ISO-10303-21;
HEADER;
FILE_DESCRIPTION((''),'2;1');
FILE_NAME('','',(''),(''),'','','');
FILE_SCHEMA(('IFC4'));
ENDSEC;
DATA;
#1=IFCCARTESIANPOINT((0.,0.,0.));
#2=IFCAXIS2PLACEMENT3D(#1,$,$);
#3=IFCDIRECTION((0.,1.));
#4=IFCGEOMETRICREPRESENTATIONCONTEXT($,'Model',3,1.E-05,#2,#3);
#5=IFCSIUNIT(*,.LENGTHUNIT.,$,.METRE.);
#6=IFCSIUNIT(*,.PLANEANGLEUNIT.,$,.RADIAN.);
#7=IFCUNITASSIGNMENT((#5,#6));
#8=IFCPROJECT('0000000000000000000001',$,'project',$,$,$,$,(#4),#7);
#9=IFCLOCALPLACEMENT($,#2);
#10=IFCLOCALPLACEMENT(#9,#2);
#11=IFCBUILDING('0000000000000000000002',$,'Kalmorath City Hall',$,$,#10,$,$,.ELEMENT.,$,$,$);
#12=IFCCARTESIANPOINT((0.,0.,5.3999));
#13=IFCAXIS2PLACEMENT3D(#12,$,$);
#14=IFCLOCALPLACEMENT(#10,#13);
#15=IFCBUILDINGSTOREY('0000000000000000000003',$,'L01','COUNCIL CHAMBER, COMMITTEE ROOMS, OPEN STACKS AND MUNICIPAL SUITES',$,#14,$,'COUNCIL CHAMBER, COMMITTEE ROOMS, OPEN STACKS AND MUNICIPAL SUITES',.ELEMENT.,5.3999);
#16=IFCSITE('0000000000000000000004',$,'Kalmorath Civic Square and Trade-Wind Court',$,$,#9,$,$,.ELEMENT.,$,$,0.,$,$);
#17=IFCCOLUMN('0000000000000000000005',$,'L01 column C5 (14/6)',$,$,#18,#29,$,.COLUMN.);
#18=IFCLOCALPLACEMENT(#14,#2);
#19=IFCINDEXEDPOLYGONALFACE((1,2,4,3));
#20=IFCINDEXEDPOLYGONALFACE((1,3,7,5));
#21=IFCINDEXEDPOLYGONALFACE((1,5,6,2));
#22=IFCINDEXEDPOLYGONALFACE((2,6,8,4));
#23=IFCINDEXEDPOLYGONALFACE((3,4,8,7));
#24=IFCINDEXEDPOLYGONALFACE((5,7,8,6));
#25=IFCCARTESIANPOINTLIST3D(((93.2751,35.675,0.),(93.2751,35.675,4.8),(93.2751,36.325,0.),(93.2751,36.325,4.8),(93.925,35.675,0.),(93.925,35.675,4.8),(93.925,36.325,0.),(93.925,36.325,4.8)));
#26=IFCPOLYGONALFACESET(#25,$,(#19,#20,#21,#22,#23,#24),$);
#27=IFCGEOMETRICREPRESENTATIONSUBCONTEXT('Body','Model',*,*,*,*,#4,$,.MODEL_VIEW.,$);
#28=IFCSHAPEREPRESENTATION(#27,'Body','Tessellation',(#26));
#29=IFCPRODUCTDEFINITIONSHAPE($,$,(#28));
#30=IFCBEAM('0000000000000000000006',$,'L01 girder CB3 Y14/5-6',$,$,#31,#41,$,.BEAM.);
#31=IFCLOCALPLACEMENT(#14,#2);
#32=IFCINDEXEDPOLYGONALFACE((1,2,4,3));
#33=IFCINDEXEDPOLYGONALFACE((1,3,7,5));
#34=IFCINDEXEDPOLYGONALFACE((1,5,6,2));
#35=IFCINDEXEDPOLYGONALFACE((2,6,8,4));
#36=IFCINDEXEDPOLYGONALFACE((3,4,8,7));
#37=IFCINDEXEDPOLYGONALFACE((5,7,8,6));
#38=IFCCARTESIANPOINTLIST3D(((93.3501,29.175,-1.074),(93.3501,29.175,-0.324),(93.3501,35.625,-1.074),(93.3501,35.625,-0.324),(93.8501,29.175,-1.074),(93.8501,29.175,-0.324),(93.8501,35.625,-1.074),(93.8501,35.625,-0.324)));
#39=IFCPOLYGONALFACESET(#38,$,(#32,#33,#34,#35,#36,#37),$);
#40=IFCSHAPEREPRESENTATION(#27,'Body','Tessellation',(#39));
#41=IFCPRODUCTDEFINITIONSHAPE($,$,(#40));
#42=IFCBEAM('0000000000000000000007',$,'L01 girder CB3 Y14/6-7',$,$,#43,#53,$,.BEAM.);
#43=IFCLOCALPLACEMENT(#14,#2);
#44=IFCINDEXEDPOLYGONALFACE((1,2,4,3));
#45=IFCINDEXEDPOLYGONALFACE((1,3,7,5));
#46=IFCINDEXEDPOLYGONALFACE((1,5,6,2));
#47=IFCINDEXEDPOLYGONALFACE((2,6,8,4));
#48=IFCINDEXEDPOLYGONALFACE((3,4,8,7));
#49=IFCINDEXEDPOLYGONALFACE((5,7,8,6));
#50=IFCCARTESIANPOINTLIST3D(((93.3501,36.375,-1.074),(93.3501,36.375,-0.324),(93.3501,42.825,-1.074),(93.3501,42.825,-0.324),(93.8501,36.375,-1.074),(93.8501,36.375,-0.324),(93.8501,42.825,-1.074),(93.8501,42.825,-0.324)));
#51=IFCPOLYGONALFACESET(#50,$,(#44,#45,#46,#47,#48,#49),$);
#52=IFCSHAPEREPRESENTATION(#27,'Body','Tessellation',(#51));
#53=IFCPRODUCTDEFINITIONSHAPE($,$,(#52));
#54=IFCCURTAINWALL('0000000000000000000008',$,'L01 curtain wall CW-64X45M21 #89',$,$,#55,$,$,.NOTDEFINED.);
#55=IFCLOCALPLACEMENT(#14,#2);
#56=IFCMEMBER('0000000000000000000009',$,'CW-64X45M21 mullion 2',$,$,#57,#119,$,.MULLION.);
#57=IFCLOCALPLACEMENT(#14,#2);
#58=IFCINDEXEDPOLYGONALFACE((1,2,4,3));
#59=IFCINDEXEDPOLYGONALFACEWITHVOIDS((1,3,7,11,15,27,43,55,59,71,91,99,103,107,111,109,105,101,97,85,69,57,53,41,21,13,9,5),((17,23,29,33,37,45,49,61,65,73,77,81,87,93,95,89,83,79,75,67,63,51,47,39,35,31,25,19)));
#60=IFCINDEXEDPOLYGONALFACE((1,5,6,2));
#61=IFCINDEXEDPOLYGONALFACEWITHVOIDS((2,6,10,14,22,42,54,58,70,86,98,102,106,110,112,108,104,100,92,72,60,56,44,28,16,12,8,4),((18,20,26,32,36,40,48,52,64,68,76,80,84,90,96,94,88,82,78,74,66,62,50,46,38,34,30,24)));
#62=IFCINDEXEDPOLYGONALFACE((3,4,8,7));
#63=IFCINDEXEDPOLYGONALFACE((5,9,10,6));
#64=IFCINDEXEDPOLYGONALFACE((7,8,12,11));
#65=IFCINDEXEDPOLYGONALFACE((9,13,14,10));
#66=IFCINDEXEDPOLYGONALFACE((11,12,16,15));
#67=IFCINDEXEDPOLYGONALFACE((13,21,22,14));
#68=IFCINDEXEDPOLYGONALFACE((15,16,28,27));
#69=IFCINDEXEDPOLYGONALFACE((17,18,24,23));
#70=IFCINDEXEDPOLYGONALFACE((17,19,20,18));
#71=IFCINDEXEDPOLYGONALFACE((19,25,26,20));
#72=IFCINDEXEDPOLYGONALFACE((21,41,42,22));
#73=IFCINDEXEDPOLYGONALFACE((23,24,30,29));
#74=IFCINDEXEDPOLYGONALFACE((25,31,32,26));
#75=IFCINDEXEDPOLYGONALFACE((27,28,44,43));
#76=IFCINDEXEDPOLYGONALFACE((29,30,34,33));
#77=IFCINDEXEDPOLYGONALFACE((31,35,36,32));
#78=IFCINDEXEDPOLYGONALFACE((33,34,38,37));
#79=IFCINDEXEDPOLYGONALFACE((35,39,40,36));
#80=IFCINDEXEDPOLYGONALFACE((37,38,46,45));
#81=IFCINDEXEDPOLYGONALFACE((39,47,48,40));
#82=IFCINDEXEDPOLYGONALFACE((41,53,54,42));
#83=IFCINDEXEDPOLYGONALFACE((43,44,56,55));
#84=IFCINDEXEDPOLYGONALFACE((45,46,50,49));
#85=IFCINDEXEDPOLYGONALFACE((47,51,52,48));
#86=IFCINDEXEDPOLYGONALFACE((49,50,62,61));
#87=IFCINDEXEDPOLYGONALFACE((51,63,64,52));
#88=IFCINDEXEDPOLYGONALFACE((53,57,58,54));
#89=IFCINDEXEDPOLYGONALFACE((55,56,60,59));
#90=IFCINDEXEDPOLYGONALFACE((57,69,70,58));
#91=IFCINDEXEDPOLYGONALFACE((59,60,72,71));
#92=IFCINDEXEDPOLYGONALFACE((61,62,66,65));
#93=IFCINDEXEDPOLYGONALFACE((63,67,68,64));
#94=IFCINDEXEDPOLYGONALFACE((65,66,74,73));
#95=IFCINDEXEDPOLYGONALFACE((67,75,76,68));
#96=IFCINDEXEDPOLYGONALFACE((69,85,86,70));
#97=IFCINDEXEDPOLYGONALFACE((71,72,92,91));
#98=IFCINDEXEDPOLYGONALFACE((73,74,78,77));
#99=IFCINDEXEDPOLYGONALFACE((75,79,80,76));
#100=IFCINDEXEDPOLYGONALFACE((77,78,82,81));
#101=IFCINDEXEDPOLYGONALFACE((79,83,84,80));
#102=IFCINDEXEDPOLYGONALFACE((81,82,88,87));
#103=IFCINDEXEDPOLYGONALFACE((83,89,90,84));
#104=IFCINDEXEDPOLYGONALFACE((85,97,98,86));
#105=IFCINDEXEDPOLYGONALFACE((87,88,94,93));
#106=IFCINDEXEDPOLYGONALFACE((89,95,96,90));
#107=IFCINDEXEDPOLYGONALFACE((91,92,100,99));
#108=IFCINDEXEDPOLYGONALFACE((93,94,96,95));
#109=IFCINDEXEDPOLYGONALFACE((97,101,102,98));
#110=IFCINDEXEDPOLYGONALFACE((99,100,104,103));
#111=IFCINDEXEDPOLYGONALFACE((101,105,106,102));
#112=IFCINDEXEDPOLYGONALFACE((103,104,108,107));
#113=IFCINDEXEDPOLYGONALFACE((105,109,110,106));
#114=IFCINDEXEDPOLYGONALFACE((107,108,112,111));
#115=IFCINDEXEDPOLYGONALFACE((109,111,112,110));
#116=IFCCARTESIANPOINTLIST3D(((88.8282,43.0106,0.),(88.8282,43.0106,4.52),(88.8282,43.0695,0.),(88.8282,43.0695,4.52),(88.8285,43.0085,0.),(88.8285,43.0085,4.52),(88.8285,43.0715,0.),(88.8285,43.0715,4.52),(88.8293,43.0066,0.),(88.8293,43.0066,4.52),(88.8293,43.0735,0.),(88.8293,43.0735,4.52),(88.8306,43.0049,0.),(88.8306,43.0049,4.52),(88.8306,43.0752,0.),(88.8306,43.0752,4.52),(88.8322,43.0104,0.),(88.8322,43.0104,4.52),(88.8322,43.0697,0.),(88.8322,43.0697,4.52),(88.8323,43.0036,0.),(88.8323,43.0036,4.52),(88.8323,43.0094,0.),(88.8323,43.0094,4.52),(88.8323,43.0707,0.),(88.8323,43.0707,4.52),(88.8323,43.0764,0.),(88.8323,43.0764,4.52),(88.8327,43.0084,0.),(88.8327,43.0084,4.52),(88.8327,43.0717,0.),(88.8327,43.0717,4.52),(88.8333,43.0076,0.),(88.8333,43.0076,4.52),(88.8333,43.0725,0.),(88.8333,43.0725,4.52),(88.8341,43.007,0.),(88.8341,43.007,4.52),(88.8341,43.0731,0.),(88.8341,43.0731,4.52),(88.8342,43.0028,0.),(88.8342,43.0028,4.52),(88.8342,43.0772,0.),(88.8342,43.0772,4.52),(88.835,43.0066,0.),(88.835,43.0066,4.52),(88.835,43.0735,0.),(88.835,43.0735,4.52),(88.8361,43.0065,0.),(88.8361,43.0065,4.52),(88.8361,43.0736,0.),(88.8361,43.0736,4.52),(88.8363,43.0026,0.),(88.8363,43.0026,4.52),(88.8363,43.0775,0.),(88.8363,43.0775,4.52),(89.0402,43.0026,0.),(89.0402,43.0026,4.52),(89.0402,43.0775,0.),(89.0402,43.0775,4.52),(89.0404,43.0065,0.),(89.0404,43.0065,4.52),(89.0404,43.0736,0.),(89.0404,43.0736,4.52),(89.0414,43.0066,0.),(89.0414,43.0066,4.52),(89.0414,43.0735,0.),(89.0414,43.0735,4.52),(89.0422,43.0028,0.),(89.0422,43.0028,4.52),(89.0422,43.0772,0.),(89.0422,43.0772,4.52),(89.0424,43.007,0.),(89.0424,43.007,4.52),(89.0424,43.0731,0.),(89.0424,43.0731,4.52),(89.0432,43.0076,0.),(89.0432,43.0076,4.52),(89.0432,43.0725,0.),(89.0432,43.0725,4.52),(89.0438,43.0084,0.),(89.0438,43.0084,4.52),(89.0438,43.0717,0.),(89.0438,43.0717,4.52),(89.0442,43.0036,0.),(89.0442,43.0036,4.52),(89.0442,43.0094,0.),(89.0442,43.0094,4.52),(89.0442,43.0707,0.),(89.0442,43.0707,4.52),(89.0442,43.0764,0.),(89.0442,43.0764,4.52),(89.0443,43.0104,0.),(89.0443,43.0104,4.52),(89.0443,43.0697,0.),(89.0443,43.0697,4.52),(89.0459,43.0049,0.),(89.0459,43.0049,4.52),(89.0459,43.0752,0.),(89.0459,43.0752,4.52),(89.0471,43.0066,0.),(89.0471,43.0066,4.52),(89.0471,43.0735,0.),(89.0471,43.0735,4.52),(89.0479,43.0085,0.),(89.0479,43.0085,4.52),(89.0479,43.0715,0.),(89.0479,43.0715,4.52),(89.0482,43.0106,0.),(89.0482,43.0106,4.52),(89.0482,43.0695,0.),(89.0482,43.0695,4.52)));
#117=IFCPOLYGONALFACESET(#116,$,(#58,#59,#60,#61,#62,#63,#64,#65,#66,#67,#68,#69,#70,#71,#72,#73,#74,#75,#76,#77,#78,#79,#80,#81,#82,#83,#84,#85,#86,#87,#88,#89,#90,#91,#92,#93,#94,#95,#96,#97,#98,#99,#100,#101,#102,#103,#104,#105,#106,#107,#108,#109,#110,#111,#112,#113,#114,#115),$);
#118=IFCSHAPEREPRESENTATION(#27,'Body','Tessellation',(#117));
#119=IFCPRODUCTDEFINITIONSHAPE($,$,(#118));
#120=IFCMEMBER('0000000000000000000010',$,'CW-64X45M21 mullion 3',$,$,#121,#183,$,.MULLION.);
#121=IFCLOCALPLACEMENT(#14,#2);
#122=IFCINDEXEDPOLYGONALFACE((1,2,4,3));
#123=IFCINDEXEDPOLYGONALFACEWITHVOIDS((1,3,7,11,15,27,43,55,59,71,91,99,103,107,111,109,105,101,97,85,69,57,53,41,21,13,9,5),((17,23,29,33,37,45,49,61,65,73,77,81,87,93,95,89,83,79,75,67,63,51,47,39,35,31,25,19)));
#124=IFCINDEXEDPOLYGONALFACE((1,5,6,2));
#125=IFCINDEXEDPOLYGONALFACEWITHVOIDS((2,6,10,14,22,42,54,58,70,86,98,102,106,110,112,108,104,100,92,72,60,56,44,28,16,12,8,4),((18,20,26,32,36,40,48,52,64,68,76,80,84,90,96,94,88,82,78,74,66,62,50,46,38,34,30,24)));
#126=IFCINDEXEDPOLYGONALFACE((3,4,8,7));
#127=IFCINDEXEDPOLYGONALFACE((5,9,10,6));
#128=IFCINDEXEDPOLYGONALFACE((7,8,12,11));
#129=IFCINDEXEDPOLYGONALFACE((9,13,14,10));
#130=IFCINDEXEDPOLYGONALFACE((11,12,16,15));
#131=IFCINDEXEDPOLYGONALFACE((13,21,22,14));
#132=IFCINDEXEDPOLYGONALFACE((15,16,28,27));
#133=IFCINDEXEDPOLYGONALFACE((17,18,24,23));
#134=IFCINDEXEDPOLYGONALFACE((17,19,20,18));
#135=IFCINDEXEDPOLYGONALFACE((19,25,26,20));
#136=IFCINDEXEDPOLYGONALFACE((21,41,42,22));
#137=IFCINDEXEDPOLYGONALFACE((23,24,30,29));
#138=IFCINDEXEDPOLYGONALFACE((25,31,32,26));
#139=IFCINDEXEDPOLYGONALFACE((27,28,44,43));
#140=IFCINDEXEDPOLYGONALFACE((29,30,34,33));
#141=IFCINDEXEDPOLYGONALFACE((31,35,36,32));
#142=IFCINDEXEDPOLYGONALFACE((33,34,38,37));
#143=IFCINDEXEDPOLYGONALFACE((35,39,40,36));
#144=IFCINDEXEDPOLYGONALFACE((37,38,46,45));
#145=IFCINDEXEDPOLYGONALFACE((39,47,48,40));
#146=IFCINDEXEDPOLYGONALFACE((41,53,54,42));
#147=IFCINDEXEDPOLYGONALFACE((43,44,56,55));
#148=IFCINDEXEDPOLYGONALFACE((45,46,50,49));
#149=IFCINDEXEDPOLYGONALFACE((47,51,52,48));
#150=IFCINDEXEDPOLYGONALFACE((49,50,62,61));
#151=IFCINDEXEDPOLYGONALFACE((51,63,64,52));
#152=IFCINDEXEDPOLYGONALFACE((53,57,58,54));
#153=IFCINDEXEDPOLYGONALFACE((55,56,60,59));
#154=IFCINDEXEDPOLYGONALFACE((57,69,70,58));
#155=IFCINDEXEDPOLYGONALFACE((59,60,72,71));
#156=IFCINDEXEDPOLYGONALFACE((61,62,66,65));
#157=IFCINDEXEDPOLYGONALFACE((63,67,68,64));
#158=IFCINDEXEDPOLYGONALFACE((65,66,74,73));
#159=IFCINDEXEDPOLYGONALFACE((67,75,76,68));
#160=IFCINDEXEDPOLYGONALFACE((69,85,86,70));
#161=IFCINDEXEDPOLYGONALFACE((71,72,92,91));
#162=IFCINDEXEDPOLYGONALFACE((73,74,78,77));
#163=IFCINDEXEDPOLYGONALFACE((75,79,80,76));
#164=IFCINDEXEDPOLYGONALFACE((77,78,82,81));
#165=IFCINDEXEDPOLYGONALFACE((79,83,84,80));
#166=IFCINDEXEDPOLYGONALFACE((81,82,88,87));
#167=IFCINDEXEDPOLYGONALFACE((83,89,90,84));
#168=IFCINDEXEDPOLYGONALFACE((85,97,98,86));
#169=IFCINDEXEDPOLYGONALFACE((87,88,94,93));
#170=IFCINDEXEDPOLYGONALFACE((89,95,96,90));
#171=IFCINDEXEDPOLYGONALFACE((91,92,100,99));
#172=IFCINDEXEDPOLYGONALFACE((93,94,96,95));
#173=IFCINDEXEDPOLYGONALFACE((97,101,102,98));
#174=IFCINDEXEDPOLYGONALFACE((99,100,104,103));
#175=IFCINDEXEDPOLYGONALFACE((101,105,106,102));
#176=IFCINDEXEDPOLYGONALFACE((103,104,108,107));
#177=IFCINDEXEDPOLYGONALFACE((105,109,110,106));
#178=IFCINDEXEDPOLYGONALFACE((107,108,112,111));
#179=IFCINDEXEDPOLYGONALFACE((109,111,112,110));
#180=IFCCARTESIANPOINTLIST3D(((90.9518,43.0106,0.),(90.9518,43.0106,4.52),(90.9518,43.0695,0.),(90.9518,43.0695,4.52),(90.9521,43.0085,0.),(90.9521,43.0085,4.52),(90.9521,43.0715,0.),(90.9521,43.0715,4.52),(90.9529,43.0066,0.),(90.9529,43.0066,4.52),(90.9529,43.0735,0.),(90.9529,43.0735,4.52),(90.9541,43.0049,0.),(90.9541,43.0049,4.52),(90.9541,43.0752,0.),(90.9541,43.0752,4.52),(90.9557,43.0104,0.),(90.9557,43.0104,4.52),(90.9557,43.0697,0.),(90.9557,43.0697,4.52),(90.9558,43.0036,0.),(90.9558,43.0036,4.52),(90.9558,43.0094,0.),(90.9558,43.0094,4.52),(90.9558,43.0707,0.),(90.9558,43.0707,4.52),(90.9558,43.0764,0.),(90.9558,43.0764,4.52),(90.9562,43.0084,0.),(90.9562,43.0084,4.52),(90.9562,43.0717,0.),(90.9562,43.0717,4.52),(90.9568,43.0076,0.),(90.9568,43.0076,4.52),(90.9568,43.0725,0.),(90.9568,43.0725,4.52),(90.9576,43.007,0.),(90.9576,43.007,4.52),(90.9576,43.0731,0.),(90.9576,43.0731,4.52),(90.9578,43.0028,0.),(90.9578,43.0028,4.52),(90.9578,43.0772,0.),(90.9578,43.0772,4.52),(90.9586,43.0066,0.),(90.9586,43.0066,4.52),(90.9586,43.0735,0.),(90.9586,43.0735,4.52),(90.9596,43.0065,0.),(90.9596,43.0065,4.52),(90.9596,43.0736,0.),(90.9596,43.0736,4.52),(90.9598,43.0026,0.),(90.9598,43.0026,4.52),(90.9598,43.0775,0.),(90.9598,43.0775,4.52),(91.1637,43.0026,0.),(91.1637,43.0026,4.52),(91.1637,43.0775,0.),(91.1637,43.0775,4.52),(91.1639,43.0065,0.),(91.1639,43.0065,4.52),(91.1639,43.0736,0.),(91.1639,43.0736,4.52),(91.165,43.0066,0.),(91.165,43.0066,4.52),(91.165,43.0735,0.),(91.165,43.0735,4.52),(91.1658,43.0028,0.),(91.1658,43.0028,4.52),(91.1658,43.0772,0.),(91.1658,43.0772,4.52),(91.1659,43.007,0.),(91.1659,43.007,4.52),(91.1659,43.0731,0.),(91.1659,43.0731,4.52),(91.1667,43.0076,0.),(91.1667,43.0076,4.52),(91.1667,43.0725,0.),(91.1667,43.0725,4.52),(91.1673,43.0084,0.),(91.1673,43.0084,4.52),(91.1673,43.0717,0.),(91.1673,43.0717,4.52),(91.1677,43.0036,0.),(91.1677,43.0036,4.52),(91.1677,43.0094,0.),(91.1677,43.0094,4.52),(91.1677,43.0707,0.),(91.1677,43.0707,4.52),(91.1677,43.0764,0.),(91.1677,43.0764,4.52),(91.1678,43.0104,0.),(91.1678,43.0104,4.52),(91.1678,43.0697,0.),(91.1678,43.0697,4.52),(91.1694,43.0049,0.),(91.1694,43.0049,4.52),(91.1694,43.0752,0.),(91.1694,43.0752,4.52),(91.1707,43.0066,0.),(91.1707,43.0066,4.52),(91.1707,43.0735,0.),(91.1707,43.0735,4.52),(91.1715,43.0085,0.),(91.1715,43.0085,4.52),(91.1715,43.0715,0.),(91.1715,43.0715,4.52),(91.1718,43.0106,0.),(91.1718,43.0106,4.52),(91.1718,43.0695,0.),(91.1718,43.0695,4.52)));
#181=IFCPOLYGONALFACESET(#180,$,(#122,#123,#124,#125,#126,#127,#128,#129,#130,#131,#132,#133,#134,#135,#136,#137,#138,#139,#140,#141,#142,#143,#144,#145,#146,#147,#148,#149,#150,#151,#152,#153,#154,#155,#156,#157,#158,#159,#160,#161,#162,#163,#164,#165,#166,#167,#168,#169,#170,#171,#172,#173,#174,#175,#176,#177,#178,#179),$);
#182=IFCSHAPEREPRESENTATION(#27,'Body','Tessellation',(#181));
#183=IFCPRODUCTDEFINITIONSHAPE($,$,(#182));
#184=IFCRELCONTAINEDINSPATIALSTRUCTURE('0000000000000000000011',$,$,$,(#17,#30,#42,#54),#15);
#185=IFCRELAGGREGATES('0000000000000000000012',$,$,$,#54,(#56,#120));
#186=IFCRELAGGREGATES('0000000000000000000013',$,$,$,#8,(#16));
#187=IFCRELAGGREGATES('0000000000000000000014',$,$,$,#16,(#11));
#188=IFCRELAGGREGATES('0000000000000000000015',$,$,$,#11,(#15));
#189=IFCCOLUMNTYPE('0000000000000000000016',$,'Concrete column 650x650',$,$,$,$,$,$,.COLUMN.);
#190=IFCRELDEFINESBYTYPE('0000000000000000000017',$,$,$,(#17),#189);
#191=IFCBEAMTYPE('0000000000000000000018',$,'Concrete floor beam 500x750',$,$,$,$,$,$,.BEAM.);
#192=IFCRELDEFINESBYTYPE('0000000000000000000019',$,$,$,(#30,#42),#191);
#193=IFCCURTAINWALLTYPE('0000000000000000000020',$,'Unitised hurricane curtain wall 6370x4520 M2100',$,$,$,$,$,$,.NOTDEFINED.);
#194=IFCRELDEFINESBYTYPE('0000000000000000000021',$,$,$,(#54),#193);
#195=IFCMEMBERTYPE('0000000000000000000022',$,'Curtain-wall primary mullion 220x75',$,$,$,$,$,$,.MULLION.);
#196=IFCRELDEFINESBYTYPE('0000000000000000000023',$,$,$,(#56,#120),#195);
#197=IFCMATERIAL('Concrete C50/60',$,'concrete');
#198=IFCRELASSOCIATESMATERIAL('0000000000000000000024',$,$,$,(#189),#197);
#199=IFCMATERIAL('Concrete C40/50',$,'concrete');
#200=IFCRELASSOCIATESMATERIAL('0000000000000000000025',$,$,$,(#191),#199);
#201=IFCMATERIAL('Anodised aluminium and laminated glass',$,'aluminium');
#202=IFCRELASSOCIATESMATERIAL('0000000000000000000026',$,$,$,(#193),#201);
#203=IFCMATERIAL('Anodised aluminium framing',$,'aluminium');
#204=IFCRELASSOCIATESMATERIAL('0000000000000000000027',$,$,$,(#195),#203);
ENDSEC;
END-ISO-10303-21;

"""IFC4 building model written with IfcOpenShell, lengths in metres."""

from ifc_helpers import new_model, si_unit, direction, frame, origin, origin_2d, place, context, subcontext, project, spatial, rectangle, hollow_rectangle, extrude, material, material_profile, profile_set, type_object, element, aggregate, save


model = new_model("IFC4")

# Units and contexts
model_context = context("Model", 3, precision=1e-05, world=origin(), true_north=direction((0.0, 1.0)))
body_context = subcontext(model_context, "Body", "Model", "MODEL_VIEW")
ifc_project = project(units=[si_unit("LENGTHUNIT", "METRE"), si_unit("PLANEANGLEUNIT", "RADIAN")], contexts=[model_context])

# Site, building, storey
site_placement = place(None, origin())
site = spatial("IfcSite", under=ifc_project, at=site_placement, Name="Kalmorath Civic Square and Trade-Wind Court", CompositionType="ELEMENT", RefElevation=0.0)
building_placement = place(site_placement, origin())
building = spatial("IfcBuilding", under=site, at=building_placement, Name="Kalmorath City Hall", CompositionType="ELEMENT")
storey_placement = place(building_placement, frame((0.0, 0.0, 5.3999)))
storey = spatial("IfcBuildingStorey", under=building, at=storey_placement, Name="L01", Description="COUNCIL CHAMBER, COMMITTEE ROOMS, OPEN STACKS AND MUNICIPAL SUITES", LongName="COUNCIL CHAMBER, COMMITTEE ROOMS, OPEN STACKS AND MUNICIPAL SUITES", CompositionType="ELEMENT", Elevation=5.3999)

# Column
ifc_material_1 = material(Name="Concrete C50/60", Category="concrete")
ifc_material_profile_1 = material_profile(ifc_material_1, rectangle(XDim=0.6499, YDim=0.6499, at=origin_2d()), Name="RC-COL-650X650")
ifc_profile_set_1 = profile_set([ifc_material_profile_1], Name="Concrete C50/60")
column_type = type_object("IfcColumnType", Name="Concrete column 650x650", PredefinedType="COLUMN", material=ifc_profile_set_1)
column_placement = place(storey_placement, frame((93.6001, 36.0, 0.0), z_axis=(0.0, 0.0, 1.0), x_axis=(1.0, 0.0, 0.0)))
element("IfcColumn", 1, at=column_placement, inside=storey, type_object=column_type, Name="L01 column C5 (14/6)", PredefinedType="COLUMN", context=body_context, shape_type="SweptSolid", body=[
    extrude(rectangle(XDim=0.6499, YDim=0.6499, at=origin_2d()), origin(), (0.0, 0.0, 1.0), 4.8),
])

# Beams
ifc_material_2 = material(Name="Concrete C40/50", Category="concrete")
ifc_material_profile_2 = material_profile(ifc_material_2, rectangle(XDim=0.5, YDim=0.75, at=origin_2d()), Name="RC-BM-500X750")
ifc_profile_set_2 = profile_set([ifc_material_profile_2], Name="Concrete C40/50")
beam_type_1 = type_object("IfcBeamType", Name="Concrete floor beam 500x750", PredefinedType="BEAM", material=ifc_profile_set_2)
for number, where, z_axis, x_axis, name in (
    (2, (93.6001, 29.175, -0.699), (0.0, 1.0, 0.0), (-1.0, 0.0, 0.0), "L01 girder CB3 Y14/5-6"),
    (3, (93.6001, 36.375, -0.699), (0.0, 1.0, 0.0), (-1.0, 0.0, 0.0), "L01 girder CB3 Y14/6-7"),
):
    element("IfcBeam", number, at=place(storey_placement, frame(where, z_axis=z_axis, x_axis=x_axis)), inside=storey, type_object=beam_type_1, Name=name, PredefinedType="BEAM", context=body_context, shape_type="SweptSolid", body=[
        extrude(rectangle(XDim=0.5, YDim=0.75, at=origin_2d()), origin(), (0.0, 0.0, 1.0), 6.45),
    ])

# Curtain wall, members
ifc_material_3 = material(Name="Anodised aluminium and laminated glass", Category="aluminium")
curtain_wall_type = type_object("IfcCurtainWallType", Name="Unitised hurricane curtain wall 6370x4520 M2100", PredefinedType="NOTDEFINED", material=ifc_material_3)
curtain_wall_placement = place(storey_placement, origin())
curtain_wall = element("IfcCurtainWall", 4, at=curtain_wall_placement, inside=storey, type_object=curtain_wall_type, Name="L01 curtain wall CW-64X45M21 #89", PredefinedType="NOTDEFINED")
ifc_material_4 = material(Name="Anodised aluminium framing", Category="aluminium")
ifc_material_profile_3 = material_profile(ifc_material_4, hollow_rectangle(XDim=0.075, YDim=0.22, WallThickness=0.0039, InnerFilletRadius=0.0039, OuterFilletRadius=0.0081, at=origin_2d()), Name="ALU-MUL-220X75X4")
ifc_profile_set_3 = profile_set([ifc_material_profile_3], Name="Anodised aluminium framing")
member_type_1 = type_object("IfcMemberType", Name="Curtain-wall primary mullion 220x75", PredefinedType="MULLION", material=ifc_profile_set_3)
member_1_placement = place(storey_placement, frame((88.9382, 43.04, 0.0), z_axis=(0.0, 0.0, 1.0), x_axis=(0.0, 1.0, 0.0)))
member_1 = element("IfcMember", 5, at=member_1_placement, type_object=member_type_1, Name="CW-64X45M21 mullion 2", PredefinedType="MULLION", context=body_context, shape_type="SweptSolid", body=[
    extrude(hollow_rectangle(XDim=0.075, YDim=0.22, WallThickness=0.0039, InnerFilletRadius=0.0039, OuterFilletRadius=0.0081, at=origin_2d()), origin(), (0.0, 0.0, 1.0), 4.52),
])
member_2_placement = place(storey_placement, frame((91.0618, 43.04, 0.0), z_axis=(0.0, 0.0, 1.0), x_axis=(0.0, 1.0, 0.0)))
member_2 = element("IfcMember", 6, at=member_2_placement, type_object=member_type_1, Name="CW-64X45M21 mullion 3", PredefinedType="MULLION", context=body_context, shape_type="SweptSolid", body=[
    extrude(hollow_rectangle(XDim=0.075, YDim=0.22, WallThickness=0.0039, InnerFilletRadius=0.0039, OuterFilletRadius=0.0081, at=origin_2d()), origin(), (0.0, 0.0, 1.0), 4.52),
])

aggregate(curtain_wall, [member_1, member_2])

save(model, "model.ifc")
